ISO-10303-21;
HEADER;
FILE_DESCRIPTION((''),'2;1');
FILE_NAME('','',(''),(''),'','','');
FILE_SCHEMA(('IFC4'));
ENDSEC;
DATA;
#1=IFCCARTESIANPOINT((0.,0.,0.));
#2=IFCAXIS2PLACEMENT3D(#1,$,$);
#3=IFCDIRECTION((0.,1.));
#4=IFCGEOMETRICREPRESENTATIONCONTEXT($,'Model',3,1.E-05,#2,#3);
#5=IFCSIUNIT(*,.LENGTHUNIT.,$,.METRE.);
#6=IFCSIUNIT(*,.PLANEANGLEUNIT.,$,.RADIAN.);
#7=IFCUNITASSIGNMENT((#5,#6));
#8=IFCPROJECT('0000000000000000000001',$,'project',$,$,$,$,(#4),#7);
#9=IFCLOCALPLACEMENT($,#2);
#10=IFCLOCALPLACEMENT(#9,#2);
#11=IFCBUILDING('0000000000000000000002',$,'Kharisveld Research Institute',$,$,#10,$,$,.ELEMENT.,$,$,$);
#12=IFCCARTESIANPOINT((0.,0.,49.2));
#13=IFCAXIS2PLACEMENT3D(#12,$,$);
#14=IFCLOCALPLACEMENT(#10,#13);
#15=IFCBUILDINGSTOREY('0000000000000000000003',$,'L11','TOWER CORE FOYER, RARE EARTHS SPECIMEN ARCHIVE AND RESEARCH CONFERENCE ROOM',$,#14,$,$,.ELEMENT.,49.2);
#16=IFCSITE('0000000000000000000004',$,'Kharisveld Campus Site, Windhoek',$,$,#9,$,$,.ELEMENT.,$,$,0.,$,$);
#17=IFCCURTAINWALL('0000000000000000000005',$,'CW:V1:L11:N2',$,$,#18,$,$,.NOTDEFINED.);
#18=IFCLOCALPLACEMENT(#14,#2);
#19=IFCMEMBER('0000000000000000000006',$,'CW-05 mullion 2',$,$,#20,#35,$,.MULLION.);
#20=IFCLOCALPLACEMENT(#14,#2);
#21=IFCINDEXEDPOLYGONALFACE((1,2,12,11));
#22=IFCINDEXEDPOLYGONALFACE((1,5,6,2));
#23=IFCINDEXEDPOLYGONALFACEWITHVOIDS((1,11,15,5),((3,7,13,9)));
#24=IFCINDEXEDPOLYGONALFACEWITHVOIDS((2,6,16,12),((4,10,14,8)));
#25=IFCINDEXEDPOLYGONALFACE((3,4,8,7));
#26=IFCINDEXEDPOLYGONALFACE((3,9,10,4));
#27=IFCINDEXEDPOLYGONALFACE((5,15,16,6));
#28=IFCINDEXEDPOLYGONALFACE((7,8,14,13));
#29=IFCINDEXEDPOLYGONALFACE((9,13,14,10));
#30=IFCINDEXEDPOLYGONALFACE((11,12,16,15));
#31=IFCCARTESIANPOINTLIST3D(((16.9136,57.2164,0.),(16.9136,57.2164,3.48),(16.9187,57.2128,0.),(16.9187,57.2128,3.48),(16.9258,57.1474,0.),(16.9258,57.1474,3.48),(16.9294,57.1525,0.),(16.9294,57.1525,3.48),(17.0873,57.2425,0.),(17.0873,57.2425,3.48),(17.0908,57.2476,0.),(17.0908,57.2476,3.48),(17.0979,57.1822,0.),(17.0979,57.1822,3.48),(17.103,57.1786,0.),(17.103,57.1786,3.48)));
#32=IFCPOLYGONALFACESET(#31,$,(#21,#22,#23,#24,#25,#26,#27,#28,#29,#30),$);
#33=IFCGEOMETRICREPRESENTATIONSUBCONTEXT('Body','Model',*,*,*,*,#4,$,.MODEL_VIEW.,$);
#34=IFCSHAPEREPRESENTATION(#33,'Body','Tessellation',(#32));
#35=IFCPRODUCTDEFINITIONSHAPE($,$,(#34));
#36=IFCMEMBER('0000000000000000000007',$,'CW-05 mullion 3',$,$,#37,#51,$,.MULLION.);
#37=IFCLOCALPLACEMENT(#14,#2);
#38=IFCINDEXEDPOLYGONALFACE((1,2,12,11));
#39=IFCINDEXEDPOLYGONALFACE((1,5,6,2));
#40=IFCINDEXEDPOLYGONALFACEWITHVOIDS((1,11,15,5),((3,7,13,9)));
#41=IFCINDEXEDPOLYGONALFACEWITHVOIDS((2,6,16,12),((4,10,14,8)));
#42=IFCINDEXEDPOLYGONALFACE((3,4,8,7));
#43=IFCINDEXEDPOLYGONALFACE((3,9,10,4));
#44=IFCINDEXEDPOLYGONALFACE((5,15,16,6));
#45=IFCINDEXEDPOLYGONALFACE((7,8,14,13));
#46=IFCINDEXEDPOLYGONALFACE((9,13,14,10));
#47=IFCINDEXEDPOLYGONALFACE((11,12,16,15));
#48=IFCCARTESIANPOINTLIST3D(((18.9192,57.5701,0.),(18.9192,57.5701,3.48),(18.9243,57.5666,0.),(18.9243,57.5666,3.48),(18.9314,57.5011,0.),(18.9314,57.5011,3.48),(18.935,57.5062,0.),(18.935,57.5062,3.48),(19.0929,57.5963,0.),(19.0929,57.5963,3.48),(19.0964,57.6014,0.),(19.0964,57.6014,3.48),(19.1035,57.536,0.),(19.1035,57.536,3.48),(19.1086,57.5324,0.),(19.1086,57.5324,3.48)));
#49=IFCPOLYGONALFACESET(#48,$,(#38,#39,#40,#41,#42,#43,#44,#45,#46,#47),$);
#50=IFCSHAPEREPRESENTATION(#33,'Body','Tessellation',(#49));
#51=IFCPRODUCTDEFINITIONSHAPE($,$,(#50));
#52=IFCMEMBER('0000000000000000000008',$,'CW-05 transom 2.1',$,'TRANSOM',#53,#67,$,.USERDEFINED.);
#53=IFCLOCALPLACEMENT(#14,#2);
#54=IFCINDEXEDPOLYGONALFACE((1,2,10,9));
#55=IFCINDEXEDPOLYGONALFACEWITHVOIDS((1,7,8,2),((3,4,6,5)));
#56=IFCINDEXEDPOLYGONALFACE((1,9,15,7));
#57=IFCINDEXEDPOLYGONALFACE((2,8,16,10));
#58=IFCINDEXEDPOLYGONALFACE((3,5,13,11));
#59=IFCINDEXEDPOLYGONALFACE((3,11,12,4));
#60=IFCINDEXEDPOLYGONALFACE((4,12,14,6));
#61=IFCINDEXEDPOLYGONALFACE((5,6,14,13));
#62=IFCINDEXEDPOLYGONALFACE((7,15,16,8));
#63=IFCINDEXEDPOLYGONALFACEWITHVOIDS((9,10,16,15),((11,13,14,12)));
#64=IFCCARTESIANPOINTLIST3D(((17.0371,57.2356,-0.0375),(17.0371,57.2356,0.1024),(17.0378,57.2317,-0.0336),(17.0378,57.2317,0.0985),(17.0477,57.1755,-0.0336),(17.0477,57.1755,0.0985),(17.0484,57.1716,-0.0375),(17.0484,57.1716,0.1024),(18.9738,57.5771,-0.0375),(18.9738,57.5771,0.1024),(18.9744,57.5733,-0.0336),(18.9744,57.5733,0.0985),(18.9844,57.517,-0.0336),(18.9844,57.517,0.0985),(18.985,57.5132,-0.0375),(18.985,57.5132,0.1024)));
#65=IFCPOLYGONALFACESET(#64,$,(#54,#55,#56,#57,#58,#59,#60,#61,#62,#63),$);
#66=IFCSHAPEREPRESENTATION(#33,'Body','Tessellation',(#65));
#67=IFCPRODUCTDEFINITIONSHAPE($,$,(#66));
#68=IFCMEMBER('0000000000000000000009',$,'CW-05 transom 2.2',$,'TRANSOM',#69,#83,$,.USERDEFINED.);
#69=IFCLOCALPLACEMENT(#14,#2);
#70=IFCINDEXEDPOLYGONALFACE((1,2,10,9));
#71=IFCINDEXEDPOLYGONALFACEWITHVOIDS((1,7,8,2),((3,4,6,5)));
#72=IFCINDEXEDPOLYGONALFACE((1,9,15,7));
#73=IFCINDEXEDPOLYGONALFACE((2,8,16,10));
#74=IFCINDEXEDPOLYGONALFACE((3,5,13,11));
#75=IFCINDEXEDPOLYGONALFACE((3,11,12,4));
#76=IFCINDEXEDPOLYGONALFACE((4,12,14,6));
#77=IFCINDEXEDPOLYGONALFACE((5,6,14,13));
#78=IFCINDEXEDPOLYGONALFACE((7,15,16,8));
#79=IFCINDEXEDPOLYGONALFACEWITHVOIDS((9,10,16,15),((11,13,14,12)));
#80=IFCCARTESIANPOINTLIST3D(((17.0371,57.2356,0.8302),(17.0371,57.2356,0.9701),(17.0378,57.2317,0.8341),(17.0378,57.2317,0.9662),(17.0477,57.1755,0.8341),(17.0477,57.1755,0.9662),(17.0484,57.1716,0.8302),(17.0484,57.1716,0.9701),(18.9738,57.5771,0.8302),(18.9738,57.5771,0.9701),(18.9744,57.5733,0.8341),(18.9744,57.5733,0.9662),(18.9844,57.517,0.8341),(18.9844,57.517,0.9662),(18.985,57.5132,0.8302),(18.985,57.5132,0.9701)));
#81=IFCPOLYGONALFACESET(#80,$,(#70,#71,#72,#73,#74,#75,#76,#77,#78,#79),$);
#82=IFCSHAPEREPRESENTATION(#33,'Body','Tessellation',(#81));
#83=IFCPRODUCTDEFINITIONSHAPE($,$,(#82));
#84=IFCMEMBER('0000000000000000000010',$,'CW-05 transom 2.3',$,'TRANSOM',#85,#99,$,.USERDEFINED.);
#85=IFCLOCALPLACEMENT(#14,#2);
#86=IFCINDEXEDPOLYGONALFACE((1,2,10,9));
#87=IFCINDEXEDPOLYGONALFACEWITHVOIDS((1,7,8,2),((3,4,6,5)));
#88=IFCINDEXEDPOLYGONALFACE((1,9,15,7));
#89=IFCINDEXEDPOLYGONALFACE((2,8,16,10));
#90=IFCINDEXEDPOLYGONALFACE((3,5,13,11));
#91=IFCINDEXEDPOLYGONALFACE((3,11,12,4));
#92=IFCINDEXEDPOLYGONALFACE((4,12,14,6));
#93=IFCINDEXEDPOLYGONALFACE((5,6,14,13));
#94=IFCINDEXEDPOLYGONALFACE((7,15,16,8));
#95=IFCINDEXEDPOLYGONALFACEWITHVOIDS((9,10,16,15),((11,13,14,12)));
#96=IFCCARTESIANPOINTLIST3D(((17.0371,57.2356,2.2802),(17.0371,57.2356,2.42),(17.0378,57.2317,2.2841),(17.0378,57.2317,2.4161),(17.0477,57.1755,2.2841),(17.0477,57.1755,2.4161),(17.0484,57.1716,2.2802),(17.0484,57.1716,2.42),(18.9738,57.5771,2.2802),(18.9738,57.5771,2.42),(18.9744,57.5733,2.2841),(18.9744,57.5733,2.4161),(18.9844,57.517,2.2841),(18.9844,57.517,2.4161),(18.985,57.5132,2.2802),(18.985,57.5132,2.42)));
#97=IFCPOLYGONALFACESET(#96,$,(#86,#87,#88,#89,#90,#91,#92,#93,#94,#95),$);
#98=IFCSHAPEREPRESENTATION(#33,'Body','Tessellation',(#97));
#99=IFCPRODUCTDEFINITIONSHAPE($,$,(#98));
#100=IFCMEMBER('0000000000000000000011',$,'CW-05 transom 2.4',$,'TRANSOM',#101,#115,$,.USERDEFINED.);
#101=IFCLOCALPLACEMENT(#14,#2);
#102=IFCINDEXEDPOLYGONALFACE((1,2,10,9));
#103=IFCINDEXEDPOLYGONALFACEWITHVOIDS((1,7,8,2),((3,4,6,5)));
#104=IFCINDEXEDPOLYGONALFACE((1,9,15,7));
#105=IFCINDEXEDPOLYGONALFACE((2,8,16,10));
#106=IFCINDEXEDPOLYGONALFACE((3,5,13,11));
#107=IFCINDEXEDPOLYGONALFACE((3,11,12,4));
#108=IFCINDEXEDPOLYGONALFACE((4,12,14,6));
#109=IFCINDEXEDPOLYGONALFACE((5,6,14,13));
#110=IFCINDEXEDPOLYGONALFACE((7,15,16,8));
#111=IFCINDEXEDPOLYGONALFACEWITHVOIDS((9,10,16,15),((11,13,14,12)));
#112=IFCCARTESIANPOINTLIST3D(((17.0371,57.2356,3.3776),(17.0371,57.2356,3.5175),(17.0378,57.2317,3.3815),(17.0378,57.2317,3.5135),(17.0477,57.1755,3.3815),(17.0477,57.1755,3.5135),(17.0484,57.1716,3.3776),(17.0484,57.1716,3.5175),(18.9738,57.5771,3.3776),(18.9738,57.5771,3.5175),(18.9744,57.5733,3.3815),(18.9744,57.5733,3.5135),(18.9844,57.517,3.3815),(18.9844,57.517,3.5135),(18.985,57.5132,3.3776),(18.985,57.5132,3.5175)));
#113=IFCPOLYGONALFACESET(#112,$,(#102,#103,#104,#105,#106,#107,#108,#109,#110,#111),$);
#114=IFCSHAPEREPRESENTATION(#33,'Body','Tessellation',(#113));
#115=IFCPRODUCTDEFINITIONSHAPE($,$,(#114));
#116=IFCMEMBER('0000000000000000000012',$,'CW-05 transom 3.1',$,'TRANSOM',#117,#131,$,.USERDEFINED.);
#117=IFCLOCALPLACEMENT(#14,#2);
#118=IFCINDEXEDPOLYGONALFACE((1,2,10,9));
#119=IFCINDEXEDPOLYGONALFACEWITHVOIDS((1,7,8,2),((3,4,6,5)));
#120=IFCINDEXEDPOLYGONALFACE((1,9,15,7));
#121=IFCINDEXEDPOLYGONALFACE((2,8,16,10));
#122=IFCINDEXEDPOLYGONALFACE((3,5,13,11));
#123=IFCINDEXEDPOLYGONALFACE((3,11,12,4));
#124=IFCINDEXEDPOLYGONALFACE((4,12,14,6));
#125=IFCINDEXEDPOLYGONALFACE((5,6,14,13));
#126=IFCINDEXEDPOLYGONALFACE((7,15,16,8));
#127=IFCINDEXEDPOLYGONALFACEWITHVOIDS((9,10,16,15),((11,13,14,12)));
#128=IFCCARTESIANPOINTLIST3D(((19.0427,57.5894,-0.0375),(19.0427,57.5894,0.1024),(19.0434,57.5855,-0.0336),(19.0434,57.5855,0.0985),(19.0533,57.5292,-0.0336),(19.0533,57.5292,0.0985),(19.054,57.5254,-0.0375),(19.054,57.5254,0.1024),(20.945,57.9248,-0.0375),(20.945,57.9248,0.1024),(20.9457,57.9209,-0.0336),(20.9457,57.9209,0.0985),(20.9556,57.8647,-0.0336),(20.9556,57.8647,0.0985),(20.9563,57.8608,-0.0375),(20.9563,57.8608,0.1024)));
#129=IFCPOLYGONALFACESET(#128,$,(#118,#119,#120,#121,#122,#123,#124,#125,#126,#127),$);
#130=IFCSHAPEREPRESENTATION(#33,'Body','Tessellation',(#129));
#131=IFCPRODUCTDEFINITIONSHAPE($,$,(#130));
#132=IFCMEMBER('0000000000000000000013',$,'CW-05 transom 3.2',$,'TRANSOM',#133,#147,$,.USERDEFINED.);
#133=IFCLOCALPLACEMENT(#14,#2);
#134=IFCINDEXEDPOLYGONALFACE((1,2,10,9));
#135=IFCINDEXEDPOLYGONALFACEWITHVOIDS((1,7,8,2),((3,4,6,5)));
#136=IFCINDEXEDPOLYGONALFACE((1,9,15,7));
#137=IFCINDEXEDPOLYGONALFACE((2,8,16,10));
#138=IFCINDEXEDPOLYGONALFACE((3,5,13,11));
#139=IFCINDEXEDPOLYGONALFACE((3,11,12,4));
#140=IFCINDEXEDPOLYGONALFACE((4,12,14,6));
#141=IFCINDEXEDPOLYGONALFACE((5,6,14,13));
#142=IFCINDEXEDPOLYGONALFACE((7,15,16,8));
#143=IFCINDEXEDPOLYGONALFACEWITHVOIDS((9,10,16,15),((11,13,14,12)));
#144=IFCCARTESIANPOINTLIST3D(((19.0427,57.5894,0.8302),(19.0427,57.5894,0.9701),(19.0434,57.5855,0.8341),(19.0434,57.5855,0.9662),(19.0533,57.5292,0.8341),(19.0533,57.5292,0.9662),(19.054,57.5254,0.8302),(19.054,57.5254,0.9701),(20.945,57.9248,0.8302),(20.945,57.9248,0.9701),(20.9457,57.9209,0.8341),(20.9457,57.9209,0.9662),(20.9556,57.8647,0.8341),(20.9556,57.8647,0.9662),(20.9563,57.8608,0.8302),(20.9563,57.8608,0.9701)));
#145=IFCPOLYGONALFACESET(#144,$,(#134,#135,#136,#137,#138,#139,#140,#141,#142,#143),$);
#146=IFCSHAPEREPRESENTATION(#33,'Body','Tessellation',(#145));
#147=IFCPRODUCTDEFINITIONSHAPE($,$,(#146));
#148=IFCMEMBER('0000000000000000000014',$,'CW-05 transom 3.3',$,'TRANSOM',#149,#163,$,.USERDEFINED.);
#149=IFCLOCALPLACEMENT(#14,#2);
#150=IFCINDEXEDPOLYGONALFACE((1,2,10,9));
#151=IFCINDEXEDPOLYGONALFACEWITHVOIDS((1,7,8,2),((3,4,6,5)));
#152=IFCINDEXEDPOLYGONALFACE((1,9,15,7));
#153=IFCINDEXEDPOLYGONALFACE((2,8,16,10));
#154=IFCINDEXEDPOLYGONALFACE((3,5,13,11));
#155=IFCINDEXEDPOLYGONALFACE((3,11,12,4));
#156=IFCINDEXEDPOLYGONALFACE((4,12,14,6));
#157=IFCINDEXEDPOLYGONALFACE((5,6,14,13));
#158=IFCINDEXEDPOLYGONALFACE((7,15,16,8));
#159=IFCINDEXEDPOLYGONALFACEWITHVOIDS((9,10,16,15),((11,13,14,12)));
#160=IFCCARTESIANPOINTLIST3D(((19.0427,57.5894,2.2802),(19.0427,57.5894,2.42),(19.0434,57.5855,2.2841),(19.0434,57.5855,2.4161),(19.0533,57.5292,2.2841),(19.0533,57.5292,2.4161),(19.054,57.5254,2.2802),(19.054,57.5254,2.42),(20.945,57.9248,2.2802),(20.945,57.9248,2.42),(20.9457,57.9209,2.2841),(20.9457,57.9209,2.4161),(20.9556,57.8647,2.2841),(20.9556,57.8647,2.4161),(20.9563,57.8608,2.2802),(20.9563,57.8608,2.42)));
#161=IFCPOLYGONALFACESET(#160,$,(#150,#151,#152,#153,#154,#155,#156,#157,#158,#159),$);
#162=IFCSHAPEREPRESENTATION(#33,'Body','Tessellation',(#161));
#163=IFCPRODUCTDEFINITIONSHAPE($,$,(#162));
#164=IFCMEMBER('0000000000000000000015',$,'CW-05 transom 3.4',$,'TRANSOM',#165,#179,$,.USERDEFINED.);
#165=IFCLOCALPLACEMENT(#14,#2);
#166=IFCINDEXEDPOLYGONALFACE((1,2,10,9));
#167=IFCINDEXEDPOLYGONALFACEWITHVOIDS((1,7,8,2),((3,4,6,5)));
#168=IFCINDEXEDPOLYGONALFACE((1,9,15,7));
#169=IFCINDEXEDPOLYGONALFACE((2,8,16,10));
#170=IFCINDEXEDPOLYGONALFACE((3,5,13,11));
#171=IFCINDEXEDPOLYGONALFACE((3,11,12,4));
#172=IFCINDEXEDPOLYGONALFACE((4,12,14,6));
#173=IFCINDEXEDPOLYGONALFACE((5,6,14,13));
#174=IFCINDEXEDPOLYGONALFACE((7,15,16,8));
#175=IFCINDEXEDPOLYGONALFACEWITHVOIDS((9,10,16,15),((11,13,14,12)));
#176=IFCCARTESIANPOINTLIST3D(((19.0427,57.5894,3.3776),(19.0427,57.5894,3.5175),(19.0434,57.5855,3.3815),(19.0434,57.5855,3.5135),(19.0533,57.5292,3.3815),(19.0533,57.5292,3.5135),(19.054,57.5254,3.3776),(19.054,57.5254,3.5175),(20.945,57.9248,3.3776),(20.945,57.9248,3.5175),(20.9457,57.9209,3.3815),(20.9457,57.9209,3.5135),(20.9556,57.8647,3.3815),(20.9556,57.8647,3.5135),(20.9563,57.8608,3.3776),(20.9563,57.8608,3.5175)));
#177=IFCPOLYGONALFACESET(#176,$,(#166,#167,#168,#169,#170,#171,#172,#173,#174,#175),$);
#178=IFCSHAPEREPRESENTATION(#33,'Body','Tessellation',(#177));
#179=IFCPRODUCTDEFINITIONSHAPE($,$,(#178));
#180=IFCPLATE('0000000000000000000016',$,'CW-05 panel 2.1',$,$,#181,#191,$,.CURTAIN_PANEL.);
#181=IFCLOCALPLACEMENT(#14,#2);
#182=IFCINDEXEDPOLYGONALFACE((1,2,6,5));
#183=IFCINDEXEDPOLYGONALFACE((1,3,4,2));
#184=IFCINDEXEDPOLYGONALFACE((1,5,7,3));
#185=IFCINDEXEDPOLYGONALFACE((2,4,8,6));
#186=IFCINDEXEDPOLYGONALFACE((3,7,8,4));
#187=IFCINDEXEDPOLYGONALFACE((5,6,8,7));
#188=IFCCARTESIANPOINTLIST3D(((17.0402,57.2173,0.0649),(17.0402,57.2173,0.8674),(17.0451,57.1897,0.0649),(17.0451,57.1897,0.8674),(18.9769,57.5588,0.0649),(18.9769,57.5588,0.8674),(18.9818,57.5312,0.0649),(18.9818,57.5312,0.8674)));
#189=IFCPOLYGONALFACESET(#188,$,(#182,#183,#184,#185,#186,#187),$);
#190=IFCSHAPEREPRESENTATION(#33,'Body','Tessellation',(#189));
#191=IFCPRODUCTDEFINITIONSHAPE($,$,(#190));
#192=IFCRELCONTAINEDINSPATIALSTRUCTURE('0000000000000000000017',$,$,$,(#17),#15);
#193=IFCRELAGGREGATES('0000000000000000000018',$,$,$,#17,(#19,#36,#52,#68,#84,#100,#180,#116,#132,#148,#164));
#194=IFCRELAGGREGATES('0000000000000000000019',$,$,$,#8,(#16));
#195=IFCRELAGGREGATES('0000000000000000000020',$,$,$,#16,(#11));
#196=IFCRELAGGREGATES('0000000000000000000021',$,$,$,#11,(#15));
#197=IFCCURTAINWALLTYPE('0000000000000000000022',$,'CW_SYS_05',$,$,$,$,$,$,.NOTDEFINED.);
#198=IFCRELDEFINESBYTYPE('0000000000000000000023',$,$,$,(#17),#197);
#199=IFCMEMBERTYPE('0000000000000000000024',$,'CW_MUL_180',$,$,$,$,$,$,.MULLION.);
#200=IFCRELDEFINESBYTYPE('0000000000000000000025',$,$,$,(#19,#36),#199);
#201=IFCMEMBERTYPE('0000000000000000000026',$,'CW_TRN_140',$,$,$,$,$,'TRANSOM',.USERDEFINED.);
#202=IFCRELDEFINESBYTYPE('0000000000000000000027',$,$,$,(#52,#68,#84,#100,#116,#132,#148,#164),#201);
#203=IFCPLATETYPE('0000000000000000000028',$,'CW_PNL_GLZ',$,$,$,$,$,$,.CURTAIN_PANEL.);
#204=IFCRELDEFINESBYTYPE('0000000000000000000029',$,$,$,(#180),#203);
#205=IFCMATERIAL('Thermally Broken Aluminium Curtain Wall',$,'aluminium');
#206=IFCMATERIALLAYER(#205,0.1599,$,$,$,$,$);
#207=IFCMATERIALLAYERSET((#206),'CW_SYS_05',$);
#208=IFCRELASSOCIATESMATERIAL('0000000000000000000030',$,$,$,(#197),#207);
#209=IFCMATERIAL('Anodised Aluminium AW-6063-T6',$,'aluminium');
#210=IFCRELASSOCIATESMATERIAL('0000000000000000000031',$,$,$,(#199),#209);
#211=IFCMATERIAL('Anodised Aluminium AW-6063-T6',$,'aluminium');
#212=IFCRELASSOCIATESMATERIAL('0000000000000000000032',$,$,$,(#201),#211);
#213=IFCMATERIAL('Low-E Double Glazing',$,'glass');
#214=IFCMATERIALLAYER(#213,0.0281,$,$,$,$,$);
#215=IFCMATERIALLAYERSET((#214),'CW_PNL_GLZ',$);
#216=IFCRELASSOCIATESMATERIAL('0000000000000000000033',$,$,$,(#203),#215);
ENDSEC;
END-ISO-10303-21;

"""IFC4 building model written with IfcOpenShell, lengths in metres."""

from ifc_helpers import new_model, si_unit, direction, frame, origin, origin_2d, place, context, subcontext, project, spatial, rectangle, hollow_rectangle, extrude, material, layer, layer_set, material_profile, profile_set, type_object, element, aggregate, save


model = new_model("IFC4")

# Units and contexts
model_context = context("Model", 3, precision=1e-05, world=origin(), true_north=direction((0.0, 1.0)))
body_context = subcontext(model_context, "Body", "Model", "MODEL_VIEW")
ifc_project = project(units=[si_unit("LENGTHUNIT", "METRE"), si_unit("PLANEANGLEUNIT", "RADIAN")], contexts=[model_context])

# Site, building, storey
site_placement = place(None, origin())
site = spatial("IfcSite", under=ifc_project, at=site_placement, Name="Kharisveld Campus Site, Windhoek", CompositionType="ELEMENT", RefElevation=0.0)
building_placement = place(site_placement, origin())
building = spatial("IfcBuilding", under=site, at=building_placement, Name="Kharisveld Research Institute", CompositionType="ELEMENT")
storey_placement = place(building_placement, frame((0.0, 0.0, 49.2)))
storey = spatial("IfcBuildingStorey", under=building, at=storey_placement, Name="L11", Description="TOWER CORE FOYER, RARE EARTHS SPECIMEN ARCHIVE AND RESEARCH CONFERENCE ROOM", CompositionType="ELEMENT", Elevation=49.2)

# Curtain wall, members, plate
ifc_material_1 = material(Name="Thermally Broken Aluminium Curtain Wall", Category="aluminium")
ifc_layer_1 = layer(ifc_material_1, 0.1599)
ifc_layer_set_1 = layer_set([ifc_layer_1], Name="CW_SYS_05")
curtain_wall_type = type_object("IfcCurtainWallType", Name="CW_SYS_05", PredefinedType="NOTDEFINED", material=ifc_layer_set_1)
curtain_wall_placement = place(storey_placement, origin())
curtain_wall = element("IfcCurtainWall", 1, at=curtain_wall_placement, inside=storey, type_object=curtain_wall_type, Name="CW:V1:L11:N2", PredefinedType="NOTDEFINED")
ifc_material_2 = material(Name="Anodised Aluminium AW-6063-T6", Category="aluminium")
ifc_material_profile_1 = material_profile(ifc_material_2, hollow_rectangle(XDim=0.0701, YDim=0.1799, WallThickness=0.0044, at=origin_2d()))
ifc_profile_set_1 = profile_set([ifc_material_profile_1], Name="Anodised Aluminium AW-6063-T6")
member_type_1 = type_object("IfcMemberType", Name="CW_MUL_180", PredefinedType="MULLION", material=ifc_profile_set_1)
member_1_placement = place(storey_placement, frame((17.0083, 57.1975, 0.0), z_axis=(0.0, 0.0, 1.0), x_axis=(-0.173648, 0.984808, 0.0)))
member_1 = element("IfcMember", 2, at=member_1_placement, type_object=member_type_1, Name="CW-05 mullion 2", PredefinedType="MULLION", context=body_context, shape_type="SweptSolid", body=[
    extrude(hollow_rectangle(XDim=0.0701, YDim=0.1799, WallThickness=0.0044, at=origin_2d()), origin(), (0.0, 0.0, 1.0), 3.48),
])
member_2_placement = place(storey_placement, frame((19.0139, 57.5513, 0.0), z_axis=(0.0, 0.0, 1.0), x_axis=(-0.173648, 0.984808, 0.0)))
member_2 = element("IfcMember", 3, at=member_2_placement, type_object=member_type_1, Name="CW-05 mullion 3", PredefinedType="MULLION", context=body_context, shape_type="SweptSolid", body=[
    extrude(hollow_rectangle(XDim=0.0701, YDim=0.1799, WallThickness=0.0044, at=origin_2d()), origin(), (0.0, 0.0, 1.0), 3.48),
])
ifc_material_3 = material(Name="Anodised Aluminium AW-6063-T6", Category="aluminium")
ifc_material_profile_2 = material_profile(ifc_material_3, hollow_rectangle(XDim=0.0649, YDim=0.1399, WallThickness=0.0039, at=origin_2d()))
ifc_profile_set_2 = profile_set([ifc_material_profile_2], Name="Anodised Aluminium AW-6063-T6")
member_type_2 = type_object("IfcMemberType", Name="CW_TRN_140", ElementType="TRANSOM", PredefinedType="USERDEFINED", material=ifc_profile_set_2)
member_3_placement = place(storey_placement, frame((17.0427, 57.2036, 0.0325), z_axis=(0.984804, 0.173672, 0.0), x_axis=(-0.173672, 0.984804, 0.0)))
member_3 = element("IfcMember", 4, at=member_3_placement, type_object=member_type_2, Name="CW-05 transom 2.1", ObjectType="TRANSOM", PredefinedType="USERDEFINED", context=body_context, shape_type="SweptSolid", body=[
    extrude(hollow_rectangle(XDim=0.0649, YDim=0.1399, WallThickness=0.0039, at=origin_2d()), origin(), (0.0, 0.0, 1.0), 1.9666),
])
member_4_placement = place(storey_placement, frame((17.0427, 57.2036, 0.9001), z_axis=(0.984804, 0.173672, 0.0), x_axis=(-0.173672, 0.984804, 0.0)))
member_4 = element("IfcMember", 5, at=member_4_placement, type_object=member_type_2, Name="CW-05 transom 2.2", ObjectType="TRANSOM", PredefinedType="USERDEFINED", context=body_context, shape_type="SweptSolid", body=[
    extrude(hollow_rectangle(XDim=0.0649, YDim=0.1399, WallThickness=0.0039, at=origin_2d()), origin(), (0.0, 0.0, 1.0), 1.9666),
])
member_5_placement = place(storey_placement, frame((17.0427, 57.2036, 2.3501), z_axis=(0.984804, 0.173672, 0.0), x_axis=(-0.173672, 0.984804, 0.0)))
member_5 = element("IfcMember", 6, at=member_5_placement, type_object=member_type_2, Name="CW-05 transom 2.3", ObjectType="TRANSOM", PredefinedType="USERDEFINED", context=body_context, shape_type="SweptSolid", body=[
    extrude(hollow_rectangle(XDim=0.0649, YDim=0.1399, WallThickness=0.0039, at=origin_2d()), origin(), (0.0, 0.0, 1.0), 1.9666),
])
member_6_placement = place(storey_placement, frame((17.0427, 57.2036, 3.4475), z_axis=(0.984804, 0.173672, 0.0), x_axis=(-0.173672, 0.984804, 0.0)))
member_6 = element("IfcMember", 7, at=member_6_placement, type_object=member_type_2, Name="CW-05 transom 2.4", ObjectType="TRANSOM", PredefinedType="USERDEFINED", context=body_context, shape_type="SweptSolid", body=[
    extrude(hollow_rectangle(XDim=0.0649, YDim=0.1399, WallThickness=0.0039, at=origin_2d()), origin(), (0.0, 0.0, 1.0), 1.9666),
])
member_7_placement = place(storey_placement, frame((19.0483, 57.5574, 0.0325), z_axis=(0.984806, 0.173656, 0.0), x_axis=(-0.173656, 0.984806, 0.0)))
member_7 = element("IfcMember", 8, at=member_7_placement, type_object=member_type_2, Name="CW-05 transom 3.1", ObjectType="TRANSOM", PredefinedType="USERDEFINED", context=body_context, shape_type="SweptSolid", body=[
    extrude(hollow_rectangle(XDim=0.0649, YDim=0.1399, WallThickness=0.0039, at=origin_2d()), origin(), (0.0, 0.0, 1.0), 1.9316),
])
member_8_placement = place(storey_placement, frame((19.0483, 57.5574, 0.9001), z_axis=(0.984806, 0.173656, 0.0), x_axis=(-0.173656, 0.984806, 0.0)))
member_8 = element("IfcMember", 9, at=member_8_placement, type_object=member_type_2, Name="CW-05 transom 3.2", ObjectType="TRANSOM", PredefinedType="USERDEFINED", context=body_context, shape_type="SweptSolid", body=[
    extrude(hollow_rectangle(XDim=0.0649, YDim=0.1399, WallThickness=0.0039, at=origin_2d()), origin(), (0.0, 0.0, 1.0), 1.9316),
])
member_9_placement = place(storey_placement, frame((19.0483, 57.5574, 2.3501), z_axis=(0.984806, 0.173656, 0.0), x_axis=(-0.173656, 0.984806, 0.0)))
member_9 = element("IfcMember", 10, at=member_9_placement, type_object=member_type_2, Name="CW-05 transom 3.3", ObjectType="TRANSOM", PredefinedType="USERDEFINED", context=body_context, shape_type="SweptSolid", body=[
    extrude(hollow_rectangle(XDim=0.0649, YDim=0.1399, WallThickness=0.0039, at=origin_2d()), origin(), (0.0, 0.0, 1.0), 1.9316),
])
member_10_placement = place(storey_placement, frame((19.0483, 57.5574, 3.4475), z_axis=(0.984806, 0.173656, 0.0), x_axis=(-0.173656, 0.984806, 0.0)))
member_10 = element("IfcMember", 11, at=member_10_placement, type_object=member_type_2, Name="CW-05 transom 3.4", ObjectType="TRANSOM", PredefinedType="USERDEFINED", context=body_context, shape_type="SweptSolid", body=[
    extrude(hollow_rectangle(XDim=0.0649, YDim=0.1399, WallThickness=0.0039, at=origin_2d()), origin(), (0.0, 0.0, 1.0), 1.9316),
])
ifc_material_4 = material(Name="Low-E Double Glazing", Category="glass")
ifc_layer_2 = layer(ifc_material_4, 0.0281)
ifc_layer_set_2 = layer_set([ifc_layer_2], Name="CW_PNL_GLZ")
plate_type = type_object("IfcPlateType", Name="CW_PNL_GLZ", PredefinedType="CURTAIN_PANEL", material=ifc_layer_set_2)
plate_1_placement = place(storey_placement, frame((18.011, 57.3743, 0.0649), z_axis=(0.0, 0.0, 1.0), x_axis=(0.984808, 0.173648, 0.0)))
plate_1 = element("IfcPlate", 12, at=plate_1_placement, type_object=plate_type, Name="CW-05 panel 2.1", PredefinedType="CURTAIN_PANEL", context=body_context, shape_type="SweptSolid", body=[
    extrude(rectangle(XDim=1.9666, YDim=0.0281, at=origin_2d()), origin(), (0.0, 0.0, 1.0), 0.8025),
])
aggregate(curtain_wall, [member_1, member_2, member_3, member_4, member_5, member_6, plate_1, member_7, member_8, member_9, member_10])

save(model, "model.ifc")
